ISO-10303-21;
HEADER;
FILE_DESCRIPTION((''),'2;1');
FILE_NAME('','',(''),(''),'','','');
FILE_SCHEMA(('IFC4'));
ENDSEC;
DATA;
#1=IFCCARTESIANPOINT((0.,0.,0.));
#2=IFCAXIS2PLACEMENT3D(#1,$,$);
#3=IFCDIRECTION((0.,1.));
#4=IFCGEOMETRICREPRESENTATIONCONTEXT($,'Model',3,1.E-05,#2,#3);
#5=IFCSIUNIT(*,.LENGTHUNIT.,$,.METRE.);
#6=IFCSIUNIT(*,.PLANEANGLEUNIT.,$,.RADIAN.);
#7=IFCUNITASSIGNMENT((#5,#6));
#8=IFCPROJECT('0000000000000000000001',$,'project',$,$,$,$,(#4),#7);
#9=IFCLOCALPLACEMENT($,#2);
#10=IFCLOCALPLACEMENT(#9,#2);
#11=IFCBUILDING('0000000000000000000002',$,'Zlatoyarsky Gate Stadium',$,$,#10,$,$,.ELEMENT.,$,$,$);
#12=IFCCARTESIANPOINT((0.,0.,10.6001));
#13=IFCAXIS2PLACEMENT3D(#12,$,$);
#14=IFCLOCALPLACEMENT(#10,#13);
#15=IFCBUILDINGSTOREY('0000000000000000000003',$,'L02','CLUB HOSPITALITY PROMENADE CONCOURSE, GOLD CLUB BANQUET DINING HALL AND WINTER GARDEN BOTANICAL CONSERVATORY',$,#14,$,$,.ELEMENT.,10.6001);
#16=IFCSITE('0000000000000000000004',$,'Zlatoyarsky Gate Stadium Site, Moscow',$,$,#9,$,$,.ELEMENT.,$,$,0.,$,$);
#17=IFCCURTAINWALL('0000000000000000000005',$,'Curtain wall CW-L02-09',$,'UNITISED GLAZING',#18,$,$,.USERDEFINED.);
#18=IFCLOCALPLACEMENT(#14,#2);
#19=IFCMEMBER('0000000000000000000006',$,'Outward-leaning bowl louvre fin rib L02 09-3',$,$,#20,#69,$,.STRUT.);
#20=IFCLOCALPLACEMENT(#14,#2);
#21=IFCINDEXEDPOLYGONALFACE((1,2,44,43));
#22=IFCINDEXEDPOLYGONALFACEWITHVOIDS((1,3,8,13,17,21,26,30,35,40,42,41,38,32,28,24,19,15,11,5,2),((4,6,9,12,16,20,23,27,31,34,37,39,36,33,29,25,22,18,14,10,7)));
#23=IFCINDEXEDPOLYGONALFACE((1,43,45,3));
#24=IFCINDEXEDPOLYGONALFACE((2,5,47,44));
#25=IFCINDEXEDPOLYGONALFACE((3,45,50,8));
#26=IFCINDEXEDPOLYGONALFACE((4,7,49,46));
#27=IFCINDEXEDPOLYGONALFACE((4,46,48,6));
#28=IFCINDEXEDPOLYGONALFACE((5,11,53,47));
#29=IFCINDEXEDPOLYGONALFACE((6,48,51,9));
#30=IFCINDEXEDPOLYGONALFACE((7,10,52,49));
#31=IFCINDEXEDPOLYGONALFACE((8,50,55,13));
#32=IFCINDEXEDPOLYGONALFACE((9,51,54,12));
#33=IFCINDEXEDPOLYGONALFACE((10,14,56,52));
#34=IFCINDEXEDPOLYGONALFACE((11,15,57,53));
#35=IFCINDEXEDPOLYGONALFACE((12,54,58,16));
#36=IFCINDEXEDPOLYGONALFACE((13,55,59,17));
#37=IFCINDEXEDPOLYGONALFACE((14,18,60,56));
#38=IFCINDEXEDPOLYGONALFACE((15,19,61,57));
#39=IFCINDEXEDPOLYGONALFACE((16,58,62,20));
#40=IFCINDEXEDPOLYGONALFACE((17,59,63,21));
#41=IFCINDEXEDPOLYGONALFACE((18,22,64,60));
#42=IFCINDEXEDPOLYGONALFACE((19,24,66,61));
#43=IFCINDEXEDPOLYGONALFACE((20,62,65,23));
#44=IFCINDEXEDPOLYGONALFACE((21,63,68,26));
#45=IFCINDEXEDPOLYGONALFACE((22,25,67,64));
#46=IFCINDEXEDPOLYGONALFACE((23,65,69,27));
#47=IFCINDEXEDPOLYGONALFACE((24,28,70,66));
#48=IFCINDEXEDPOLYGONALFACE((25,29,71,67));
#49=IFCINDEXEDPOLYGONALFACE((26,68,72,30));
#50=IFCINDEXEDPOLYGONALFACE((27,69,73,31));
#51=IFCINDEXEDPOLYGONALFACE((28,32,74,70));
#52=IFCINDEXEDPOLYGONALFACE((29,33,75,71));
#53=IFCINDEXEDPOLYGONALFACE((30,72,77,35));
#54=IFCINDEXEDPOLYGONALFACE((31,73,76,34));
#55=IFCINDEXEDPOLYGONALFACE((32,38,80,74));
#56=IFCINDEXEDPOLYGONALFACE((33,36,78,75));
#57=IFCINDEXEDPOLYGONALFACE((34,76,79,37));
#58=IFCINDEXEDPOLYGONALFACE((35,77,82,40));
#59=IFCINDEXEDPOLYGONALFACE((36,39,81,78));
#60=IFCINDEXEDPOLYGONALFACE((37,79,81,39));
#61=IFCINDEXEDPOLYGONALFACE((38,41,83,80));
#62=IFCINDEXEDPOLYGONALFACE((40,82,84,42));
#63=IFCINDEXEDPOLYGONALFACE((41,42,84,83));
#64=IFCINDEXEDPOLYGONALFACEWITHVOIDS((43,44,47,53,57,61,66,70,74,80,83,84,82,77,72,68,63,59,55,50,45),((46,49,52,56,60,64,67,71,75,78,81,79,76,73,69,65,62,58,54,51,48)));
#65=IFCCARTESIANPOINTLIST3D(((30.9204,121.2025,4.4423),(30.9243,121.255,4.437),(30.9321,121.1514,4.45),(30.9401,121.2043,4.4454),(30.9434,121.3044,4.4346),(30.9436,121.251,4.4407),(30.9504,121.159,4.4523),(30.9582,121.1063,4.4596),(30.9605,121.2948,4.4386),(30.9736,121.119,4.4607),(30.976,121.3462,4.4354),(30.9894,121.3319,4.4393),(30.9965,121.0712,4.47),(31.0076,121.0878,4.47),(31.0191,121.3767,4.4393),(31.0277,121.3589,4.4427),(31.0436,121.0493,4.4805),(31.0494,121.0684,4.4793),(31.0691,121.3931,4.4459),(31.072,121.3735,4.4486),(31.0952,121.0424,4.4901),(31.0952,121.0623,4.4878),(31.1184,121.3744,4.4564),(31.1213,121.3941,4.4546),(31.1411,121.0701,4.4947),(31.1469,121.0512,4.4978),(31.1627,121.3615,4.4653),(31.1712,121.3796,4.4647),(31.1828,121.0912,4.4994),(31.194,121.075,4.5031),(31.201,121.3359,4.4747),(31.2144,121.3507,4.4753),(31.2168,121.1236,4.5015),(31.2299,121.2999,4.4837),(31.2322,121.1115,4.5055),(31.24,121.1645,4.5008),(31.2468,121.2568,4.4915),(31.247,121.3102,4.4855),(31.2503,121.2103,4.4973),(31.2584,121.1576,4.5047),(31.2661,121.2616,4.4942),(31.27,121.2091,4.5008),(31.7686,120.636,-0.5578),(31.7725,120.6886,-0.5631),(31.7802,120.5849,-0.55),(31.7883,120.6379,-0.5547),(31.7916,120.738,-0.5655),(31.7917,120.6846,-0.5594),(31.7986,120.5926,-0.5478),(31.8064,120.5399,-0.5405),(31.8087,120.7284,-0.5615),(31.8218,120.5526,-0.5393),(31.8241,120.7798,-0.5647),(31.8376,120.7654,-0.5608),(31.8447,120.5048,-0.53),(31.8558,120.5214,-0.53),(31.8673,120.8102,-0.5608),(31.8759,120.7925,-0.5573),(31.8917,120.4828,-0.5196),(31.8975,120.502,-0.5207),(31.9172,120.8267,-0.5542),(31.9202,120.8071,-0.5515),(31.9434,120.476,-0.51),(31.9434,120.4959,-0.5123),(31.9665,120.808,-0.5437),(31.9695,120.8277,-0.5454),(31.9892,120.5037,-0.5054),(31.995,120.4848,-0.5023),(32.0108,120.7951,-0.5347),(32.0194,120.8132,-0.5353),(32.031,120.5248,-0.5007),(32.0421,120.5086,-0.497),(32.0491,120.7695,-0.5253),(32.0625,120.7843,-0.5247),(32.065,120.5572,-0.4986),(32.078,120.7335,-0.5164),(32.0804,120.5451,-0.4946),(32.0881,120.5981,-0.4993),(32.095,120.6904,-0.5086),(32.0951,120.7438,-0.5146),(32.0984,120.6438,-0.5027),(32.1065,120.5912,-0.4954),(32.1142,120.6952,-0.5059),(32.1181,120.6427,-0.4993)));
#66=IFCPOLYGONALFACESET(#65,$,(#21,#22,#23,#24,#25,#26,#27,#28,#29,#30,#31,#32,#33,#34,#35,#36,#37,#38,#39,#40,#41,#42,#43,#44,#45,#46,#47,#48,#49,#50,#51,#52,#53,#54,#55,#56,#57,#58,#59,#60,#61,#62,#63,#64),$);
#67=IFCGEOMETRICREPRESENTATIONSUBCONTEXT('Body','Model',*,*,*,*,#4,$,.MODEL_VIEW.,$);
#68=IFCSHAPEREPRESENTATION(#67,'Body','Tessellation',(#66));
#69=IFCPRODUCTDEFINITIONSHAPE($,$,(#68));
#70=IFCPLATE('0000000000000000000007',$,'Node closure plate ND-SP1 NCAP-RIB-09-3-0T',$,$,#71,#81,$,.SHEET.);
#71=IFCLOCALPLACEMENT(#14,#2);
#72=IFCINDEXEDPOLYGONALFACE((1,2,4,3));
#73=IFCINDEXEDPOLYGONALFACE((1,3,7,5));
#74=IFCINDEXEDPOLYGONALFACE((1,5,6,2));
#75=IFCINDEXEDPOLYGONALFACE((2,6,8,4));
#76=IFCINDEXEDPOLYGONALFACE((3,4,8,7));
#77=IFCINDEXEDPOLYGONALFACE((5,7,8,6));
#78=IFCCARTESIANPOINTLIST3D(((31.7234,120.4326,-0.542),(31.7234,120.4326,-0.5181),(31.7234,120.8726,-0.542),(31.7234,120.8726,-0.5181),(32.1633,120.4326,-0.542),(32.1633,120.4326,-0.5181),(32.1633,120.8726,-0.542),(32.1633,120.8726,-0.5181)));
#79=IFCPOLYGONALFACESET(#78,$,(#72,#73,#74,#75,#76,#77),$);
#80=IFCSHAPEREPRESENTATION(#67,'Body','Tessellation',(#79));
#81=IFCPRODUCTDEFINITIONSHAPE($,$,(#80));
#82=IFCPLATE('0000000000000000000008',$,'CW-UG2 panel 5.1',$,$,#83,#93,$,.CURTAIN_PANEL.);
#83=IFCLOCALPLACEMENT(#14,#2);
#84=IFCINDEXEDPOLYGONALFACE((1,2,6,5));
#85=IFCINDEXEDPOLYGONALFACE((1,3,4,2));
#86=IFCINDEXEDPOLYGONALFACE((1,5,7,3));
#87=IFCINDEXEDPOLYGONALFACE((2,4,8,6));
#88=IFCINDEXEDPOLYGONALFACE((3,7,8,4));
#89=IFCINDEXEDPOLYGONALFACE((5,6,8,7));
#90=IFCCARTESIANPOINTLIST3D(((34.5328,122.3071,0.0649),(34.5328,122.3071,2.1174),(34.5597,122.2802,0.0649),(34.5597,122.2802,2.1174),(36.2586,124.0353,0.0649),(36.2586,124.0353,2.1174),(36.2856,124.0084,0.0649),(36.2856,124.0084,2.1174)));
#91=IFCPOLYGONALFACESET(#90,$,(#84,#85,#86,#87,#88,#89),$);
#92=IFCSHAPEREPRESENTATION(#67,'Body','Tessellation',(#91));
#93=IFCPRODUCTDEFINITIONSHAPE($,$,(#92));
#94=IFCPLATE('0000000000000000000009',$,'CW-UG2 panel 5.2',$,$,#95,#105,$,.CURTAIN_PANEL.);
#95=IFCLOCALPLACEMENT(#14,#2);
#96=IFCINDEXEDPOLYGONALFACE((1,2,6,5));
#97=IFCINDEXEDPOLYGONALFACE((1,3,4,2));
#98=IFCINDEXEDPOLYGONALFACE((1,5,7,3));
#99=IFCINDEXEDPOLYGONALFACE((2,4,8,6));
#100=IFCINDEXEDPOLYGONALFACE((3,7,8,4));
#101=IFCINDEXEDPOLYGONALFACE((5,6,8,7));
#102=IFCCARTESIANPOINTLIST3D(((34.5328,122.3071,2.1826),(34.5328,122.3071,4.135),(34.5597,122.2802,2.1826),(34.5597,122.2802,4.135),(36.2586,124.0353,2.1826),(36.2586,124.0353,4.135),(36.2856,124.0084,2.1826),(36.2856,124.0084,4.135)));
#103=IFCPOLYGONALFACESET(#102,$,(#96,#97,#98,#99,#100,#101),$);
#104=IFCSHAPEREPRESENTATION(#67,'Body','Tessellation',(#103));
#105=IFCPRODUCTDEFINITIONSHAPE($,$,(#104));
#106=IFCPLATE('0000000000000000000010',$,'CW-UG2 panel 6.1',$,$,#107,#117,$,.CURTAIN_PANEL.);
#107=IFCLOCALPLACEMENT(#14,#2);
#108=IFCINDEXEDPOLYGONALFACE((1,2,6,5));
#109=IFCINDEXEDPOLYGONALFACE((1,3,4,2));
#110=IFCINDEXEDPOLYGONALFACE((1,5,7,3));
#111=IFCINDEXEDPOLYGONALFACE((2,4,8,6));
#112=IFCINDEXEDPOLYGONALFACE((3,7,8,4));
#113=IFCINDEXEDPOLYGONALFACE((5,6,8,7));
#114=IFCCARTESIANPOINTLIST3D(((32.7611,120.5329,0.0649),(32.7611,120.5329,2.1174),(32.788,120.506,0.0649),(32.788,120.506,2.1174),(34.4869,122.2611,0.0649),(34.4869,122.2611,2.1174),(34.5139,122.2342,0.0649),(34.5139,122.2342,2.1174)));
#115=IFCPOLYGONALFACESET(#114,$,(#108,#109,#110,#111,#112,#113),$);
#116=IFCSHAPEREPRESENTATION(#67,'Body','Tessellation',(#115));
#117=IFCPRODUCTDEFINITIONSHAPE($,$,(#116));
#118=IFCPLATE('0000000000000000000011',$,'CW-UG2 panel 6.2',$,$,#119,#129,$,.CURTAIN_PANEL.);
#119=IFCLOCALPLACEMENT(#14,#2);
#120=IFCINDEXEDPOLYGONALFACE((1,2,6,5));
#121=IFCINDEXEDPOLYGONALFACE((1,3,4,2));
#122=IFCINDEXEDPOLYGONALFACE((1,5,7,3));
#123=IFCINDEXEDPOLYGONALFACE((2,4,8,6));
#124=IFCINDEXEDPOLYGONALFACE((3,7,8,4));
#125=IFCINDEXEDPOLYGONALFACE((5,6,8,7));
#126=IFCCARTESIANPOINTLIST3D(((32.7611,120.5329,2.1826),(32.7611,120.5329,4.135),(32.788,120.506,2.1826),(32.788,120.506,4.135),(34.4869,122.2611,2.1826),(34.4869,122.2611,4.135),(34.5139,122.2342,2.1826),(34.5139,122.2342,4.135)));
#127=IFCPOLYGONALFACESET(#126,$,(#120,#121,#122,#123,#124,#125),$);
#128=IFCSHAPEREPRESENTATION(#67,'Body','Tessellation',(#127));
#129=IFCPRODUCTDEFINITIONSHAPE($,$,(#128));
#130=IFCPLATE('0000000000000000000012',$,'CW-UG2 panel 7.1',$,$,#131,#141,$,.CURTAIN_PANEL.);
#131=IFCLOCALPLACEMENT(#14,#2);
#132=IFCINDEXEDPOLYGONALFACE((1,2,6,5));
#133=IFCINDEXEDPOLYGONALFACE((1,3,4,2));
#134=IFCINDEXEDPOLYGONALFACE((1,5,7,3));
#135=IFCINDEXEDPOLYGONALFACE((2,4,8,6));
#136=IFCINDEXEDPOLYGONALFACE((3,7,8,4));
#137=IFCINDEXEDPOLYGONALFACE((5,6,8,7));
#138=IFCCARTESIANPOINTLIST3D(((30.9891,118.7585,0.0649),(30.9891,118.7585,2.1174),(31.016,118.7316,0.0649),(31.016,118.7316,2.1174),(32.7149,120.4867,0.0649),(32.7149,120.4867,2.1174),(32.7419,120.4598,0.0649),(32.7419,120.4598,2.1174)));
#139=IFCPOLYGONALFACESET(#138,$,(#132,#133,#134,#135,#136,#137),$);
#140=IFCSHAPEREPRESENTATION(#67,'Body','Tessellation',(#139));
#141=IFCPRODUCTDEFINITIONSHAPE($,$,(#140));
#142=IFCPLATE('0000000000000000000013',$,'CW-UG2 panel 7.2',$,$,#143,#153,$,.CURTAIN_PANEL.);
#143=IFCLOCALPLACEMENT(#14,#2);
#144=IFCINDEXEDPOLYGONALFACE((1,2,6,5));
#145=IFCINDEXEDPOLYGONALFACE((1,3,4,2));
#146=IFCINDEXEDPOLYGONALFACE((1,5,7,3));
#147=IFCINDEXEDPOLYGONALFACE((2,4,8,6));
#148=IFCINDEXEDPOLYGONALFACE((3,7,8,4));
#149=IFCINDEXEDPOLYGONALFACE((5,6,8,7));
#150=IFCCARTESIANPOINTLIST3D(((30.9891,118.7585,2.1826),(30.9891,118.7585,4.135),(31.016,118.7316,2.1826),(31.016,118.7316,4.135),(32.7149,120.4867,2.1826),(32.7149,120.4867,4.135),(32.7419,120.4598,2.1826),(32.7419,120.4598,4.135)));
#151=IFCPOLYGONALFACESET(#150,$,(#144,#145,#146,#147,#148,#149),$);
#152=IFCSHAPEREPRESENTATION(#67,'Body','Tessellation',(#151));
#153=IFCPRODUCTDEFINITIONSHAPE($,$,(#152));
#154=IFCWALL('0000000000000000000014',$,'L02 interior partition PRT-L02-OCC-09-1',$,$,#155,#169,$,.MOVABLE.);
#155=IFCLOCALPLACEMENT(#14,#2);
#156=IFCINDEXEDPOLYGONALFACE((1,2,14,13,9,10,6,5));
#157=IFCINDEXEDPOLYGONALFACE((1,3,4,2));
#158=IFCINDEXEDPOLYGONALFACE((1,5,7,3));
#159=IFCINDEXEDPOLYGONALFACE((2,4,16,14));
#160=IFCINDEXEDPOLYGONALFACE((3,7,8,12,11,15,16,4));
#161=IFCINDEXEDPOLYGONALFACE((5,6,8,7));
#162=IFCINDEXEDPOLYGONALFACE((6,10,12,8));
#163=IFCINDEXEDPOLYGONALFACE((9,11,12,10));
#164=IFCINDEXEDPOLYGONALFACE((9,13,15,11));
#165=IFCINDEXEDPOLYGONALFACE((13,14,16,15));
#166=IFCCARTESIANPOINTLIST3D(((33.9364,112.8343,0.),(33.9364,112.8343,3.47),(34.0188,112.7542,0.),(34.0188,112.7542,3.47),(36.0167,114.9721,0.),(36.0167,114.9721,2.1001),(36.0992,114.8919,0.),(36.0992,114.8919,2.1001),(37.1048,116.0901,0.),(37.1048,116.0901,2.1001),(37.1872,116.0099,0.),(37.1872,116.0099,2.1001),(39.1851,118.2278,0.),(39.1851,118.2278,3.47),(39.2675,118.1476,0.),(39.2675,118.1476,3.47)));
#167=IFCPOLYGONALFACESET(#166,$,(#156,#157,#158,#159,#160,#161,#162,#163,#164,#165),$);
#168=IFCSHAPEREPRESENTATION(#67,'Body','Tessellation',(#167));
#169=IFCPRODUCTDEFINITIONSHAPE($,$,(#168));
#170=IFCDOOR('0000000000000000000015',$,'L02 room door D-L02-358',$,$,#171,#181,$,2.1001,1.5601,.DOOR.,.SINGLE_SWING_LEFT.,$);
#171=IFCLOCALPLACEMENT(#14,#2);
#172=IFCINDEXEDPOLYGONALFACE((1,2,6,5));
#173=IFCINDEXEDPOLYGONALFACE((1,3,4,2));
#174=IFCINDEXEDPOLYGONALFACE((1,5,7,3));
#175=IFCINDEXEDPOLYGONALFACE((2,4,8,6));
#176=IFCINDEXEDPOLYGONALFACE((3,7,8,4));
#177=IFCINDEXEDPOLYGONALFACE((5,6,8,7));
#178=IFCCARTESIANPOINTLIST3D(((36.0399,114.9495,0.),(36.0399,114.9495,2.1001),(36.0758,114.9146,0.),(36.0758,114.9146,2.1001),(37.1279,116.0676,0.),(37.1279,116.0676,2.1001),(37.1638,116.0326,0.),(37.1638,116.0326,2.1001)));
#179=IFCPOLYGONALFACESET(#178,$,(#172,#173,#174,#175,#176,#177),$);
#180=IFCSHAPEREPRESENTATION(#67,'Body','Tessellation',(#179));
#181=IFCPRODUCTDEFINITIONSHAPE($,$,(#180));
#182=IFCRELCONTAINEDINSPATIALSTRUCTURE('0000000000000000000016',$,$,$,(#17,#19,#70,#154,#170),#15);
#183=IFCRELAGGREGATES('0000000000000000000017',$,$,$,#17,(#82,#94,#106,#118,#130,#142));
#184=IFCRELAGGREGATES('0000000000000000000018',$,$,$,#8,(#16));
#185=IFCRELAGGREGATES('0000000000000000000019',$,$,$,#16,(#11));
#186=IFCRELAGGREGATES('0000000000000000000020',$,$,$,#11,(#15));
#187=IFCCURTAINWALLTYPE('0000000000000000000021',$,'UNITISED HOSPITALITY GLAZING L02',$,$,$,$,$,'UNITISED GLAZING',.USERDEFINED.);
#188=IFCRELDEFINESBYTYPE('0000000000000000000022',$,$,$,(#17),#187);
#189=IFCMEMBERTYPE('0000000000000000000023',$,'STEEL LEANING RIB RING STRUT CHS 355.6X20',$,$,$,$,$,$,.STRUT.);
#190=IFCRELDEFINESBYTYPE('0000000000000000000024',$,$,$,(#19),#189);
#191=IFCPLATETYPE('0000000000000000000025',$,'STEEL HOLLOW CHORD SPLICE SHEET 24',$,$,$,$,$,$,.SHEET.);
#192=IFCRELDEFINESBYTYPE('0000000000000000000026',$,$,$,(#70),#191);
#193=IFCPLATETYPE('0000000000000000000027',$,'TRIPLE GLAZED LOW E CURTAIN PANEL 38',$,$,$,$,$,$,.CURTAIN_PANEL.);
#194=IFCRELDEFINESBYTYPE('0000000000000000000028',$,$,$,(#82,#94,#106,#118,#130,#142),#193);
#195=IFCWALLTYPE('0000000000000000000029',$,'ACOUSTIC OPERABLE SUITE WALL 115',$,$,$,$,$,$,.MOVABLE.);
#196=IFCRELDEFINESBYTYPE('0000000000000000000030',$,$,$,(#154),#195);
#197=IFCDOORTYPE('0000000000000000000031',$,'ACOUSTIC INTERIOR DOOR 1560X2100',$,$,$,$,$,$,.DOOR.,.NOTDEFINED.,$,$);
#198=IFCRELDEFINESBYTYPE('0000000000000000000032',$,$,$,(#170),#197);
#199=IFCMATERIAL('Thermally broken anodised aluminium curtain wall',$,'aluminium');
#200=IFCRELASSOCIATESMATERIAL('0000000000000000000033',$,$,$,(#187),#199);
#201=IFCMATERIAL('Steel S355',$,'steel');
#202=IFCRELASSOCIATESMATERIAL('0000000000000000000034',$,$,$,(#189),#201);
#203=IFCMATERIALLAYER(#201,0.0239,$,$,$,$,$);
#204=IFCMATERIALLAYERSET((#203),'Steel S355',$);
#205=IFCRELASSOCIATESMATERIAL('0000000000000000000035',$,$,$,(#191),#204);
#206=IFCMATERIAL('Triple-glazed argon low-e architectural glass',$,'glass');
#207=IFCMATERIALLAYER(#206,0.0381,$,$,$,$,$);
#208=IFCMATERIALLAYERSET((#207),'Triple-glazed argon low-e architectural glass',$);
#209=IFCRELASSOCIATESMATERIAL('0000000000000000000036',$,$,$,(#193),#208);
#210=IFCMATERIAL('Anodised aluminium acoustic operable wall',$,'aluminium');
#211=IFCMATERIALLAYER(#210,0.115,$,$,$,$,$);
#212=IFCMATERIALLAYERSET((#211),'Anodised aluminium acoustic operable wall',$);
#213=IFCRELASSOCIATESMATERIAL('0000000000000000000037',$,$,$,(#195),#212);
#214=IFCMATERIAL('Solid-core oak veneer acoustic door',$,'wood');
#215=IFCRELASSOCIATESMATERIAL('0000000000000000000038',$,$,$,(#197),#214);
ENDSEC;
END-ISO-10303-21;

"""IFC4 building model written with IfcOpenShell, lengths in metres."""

from ifc_helpers import new_model, si_unit, direction, frame, frame_2d, origin, origin_2d, place, context, subcontext, project, spatial, rectangle, hollow_circle, extrude, material, layer, layer_set, material_profile, profile_set, type_object, element, fill, aggregate, save


model = new_model("IFC4")

# Units and contexts
model_context = context("Model", 3, precision=1e-05, world=origin(), true_north=direction((0.0, 1.0)))
body_context = subcontext(model_context, "Body", "Model", "MODEL_VIEW")
ifc_project = project(units=[si_unit("LENGTHUNIT", "METRE"), si_unit("PLANEANGLEUNIT", "RADIAN")], contexts=[model_context])

# Site, building, storey
site_placement = place(None, origin())
site = spatial("IfcSite", under=ifc_project, at=site_placement, Name="Zlatoyarsky Gate Stadium Site, Moscow", CompositionType="ELEMENT", RefElevation=0.0)
building_placement = place(site_placement, origin())
building = spatial("IfcBuilding", under=site, at=building_placement, Name="Zlatoyarsky Gate Stadium", CompositionType="ELEMENT")
storey_placement = place(building_placement, frame((0.0, 0.0, 10.6001)))
storey = spatial("IfcBuildingStorey", under=building, at=storey_placement, Name="L02", Description="CLUB HOSPITALITY PROMENADE CONCOURSE, GOLD CLUB BANQUET DINING HALL AND WINTER GARDEN BOTANICAL CONSERVATORY", CompositionType="ELEMENT", Elevation=10.6001)

# Curtain wall
ifc_material_1 = material(Name="Thermally broken anodised aluminium curtain wall", Category="aluminium")
curtain_wall_type = type_object("IfcCurtainWallType", Name="UNITISED HOSPITALITY GLAZING L02", ElementType="UNITISED GLAZING", PredefinedType="USERDEFINED", material=ifc_material_1)
curtain_wall_placement = place(storey_placement, origin())
curtain_wall = element("IfcCurtainWall", 1, at=curtain_wall_placement, inside=storey, type_object=curtain_wall_type, Name="Curtain wall CW-L02-09", ObjectType="UNITISED GLAZING", PredefinedType="USERDEFINED")

# Member
ifc_material_2 = material(Name="Steel S355", Category="steel")
ifc_material_profile_1 = material_profile(ifc_material_2, hollow_circle(Radius=0.1777, WallThickness=0.02, at=origin_2d()), Name="CHS 355.6X20")
ifc_profile_set_1 = profile_set([ifc_material_profile_1], Name="Steel S355")
member_type_1 = type_object("IfcMemberType", Name="STEEL LEANING RIB RING STRUT CHS 355.6X20", PredefinedType="STRUT", material=ifc_profile_set_1)
member_1_placement = place(storey_placement, frame((31.9434, 120.6526, -0.53), z_axis=(-0.166206, 0.110996, 0.979824), x_axis=(-0.555363, -0.831608, 0.0)))
element("IfcMember", 2, at=member_1_placement, inside=storey, type_object=member_type_1, Name="Outward-leaning bowl louvre fin rib L02 09-3", PredefinedType="STRUT", context=body_context, shape_type="SweptSolid", body=[
    extrude(hollow_circle(Radius=0.1777, WallThickness=0.02, at=origin_2d()), origin(), (0.0, 0.0, 1.0), 5.103),
])

# Plates
ifc_layer_1 = layer(ifc_material_2, 0.0239)
ifc_layer_set_1 = layer_set([ifc_layer_1], Name="Steel S355")
plate_type_1 = type_object("IfcPlateType", Name="STEEL HOLLOW CHORD SPLICE SHEET 24", PredefinedType="SHEET", material=ifc_layer_set_1)
plate_1_placement = place(storey_placement, frame((31.9434, 120.6526, -0.542), z_axis=(0.0, 0.0, 1.0), x_axis=(1.0, 0.0, 0.0)))
element("IfcPlate", 3, at=plate_1_placement, inside=storey, type_object=plate_type_1, Name="Node closure plate ND-SP1 NCAP-RIB-09-3-0T", PredefinedType="SHEET", context=body_context, shape_type="SweptSolid", body=[
    extrude(rectangle(XDim=0.4399, YDim=0.4399, at=origin_2d()), origin(), (0.0, 0.0, 1.0), 0.0239),
])
ifc_material_3 = material(Name="Triple-glazed argon low-e architectural glass", Category="glass")
ifc_layer_2 = layer(ifc_material_3, 0.0381)
ifc_layer_set_2 = layer_set([ifc_layer_2], Name="Triple-glazed argon low-e architectural glass")
plate_type_2 = type_object("IfcPlateType", Name="TRIPLE GLAZED LOW E CURTAIN PANEL 38", PredefinedType="CURTAIN_PANEL", material=ifc_layer_set_2)
plate_2_placement = place(storey_placement, frame((35.4092, 123.1577, 0.0649), z_axis=(0.0, 0.0, 1.0), x_axis=(-0.706626, -0.707588, 0.0)))
plate_2 = element("IfcPlate", 4, at=plate_2_placement, type_object=plate_type_2, Name="CW-UG2 panel 5.1", PredefinedType="CURTAIN_PANEL", context=body_context, shape_type="SweptSolid", body=[
    extrude(rectangle(XDim=2.4424, YDim=0.0381, at=origin_2d()), origin(), (0.0, 0.0, 1.0), 2.0525),
])
plate_3_placement = place(storey_placement, frame((35.4092, 123.1577, 2.1826), z_axis=(0.0, 0.0, 1.0), x_axis=(-0.706626, -0.707588, 0.0)))
plate_3 = element("IfcPlate", 5, at=plate_3_placement, type_object=plate_type_2, Name="CW-UG2 panel 5.2", PredefinedType="CURTAIN_PANEL", context=body_context, shape_type="SweptSolid", body=[
    extrude(rectangle(XDim=2.4424, YDim=0.0381, at=origin_2d()), origin(), (0.0, 0.0, 1.0), 1.9524),
])
plate_4_placement = place(storey_placement, frame((33.6375, 121.3835, 0.0649), z_axis=(0.0, 0.0, 1.0), x_axis=(-0.706626, -0.707588, 0.0)))
plate_4 = element("IfcPlate", 6, at=plate_4_placement, type_object=plate_type_2, Name="CW-UG2 panel 6.1", PredefinedType="CURTAIN_PANEL", context=body_context, shape_type="SweptSolid", body=[
    extrude(rectangle(XDim=2.4424, YDim=0.0381, at=origin_2d()), origin(), (0.0, 0.0, 1.0), 2.0525),
])
plate_5_placement = place(storey_placement, frame((33.6375, 121.3835, 2.1826), z_axis=(0.0, 0.0, 1.0), x_axis=(-0.706626, -0.707588, 0.0)))
plate_5 = element("IfcPlate", 7, at=plate_5_placement, type_object=plate_type_2, Name="CW-UG2 panel 6.2", PredefinedType="CURTAIN_PANEL", context=body_context, shape_type="SweptSolid", body=[
    extrude(rectangle(XDim=2.4424, YDim=0.0381, at=origin_2d()), origin(), (0.0, 0.0, 1.0), 1.9524),
])
plate_6_placement = place(storey_placement, frame((31.8655, 119.6091, 0.0649), z_axis=(0.0, 0.0, 1.0), x_axis=(-0.706626, -0.707588, 0.0)))
plate_6 = element("IfcPlate", 8, at=plate_6_placement, type_object=plate_type_2, Name="CW-UG2 panel 7.1", PredefinedType="CURTAIN_PANEL", context=body_context, shape_type="SweptSolid", body=[
    extrude(rectangle(XDim=2.4424, YDim=0.0381, at=origin_2d()), origin(), (0.0, 0.0, 1.0), 2.0525),
])
plate_7_placement = place(storey_placement, frame((31.8655, 119.6091, 2.1826), z_axis=(0.0, 0.0, 1.0), x_axis=(-0.706626, -0.707588, 0.0)))
plate_7 = element("IfcPlate", 9, at=plate_7_placement, type_object=plate_type_2, Name="CW-UG2 panel 7.2", PredefinedType="CURTAIN_PANEL", context=body_context, shape_type="SweptSolid", body=[
    extrude(rectangle(XDim=2.4424, YDim=0.0381, at=origin_2d()), origin(), (0.0, 0.0, 1.0), 1.9524),
])
aggregate(curtain_wall, [plate_2, plate_3, plate_4, plate_5, plate_6, plate_7])

# Wall, opening, door
ifc_material_4 = material(Name="Anodised aluminium acoustic operable wall", Category="aluminium")
ifc_layer_3 = layer(ifc_material_4, 0.115)
ifc_layer_set_3 = layer_set([ifc_layer_3], Name="Anodised aluminium acoustic operable wall")
wall_type_1 = type_object("IfcWallType", Name="ACOUSTIC OPERABLE SUITE WALL 115", PredefinedType="MOVABLE", material=ifc_layer_set_3)
wall_1_placement = place(storey_placement, frame((39.2263, 118.1877, 0.0), z_axis=(0.0, 0.0, 1.0), x_axis=(-0.697423, -0.71666, 0.0)))
wall_1 = element("IfcWall", 10, at=wall_1_placement, inside=storey, type_object=wall_type_1, Name="L02 interior partition PRT-L02-OCC-09-1", PredefinedType="MOVABLE", context=body_context, shape_type="SweptSolid", body=[
    extrude(rectangle(XDim=7.5259, YDim=0.115, at=frame_2d((3.7629, 0.0))), origin(), (0.0, 0.0, 1.0), 3.47),
])
opening_placement = place(wall_1_placement, frame((2.9829, 0.0, 0.0)))
opening = element("IfcOpeningElement", 11, at=opening_placement, cuts=wall_1, PredefinedType="OPENING", context=body_context, shape_type="SweptSolid", body=[
    extrude(rectangle(XDim=1.5601, YDim=2.1001, at=frame_2d((0.78, 1.05))), frame((0.0, 0.0674, 0.0), z_axis=(0.0, -1.0, 0.0), x_axis=(1.0, 0.0, 0.0)), (0.0, 0.0, 1.0), 0.135),
])
ifc_material_5 = material(Name="Solid-core oak veneer acoustic door", Category="wood")
door_type = type_object("IfcDoorType", Name="ACOUSTIC INTERIOR DOOR 1560X2100", OperationType="NOTDEFINED", PredefinedType="DOOR", material=ifc_material_5)
door_placement = place(opening_placement, origin())
door = element("IfcDoor", 12, at=door_placement, inside=storey, type_object=door_type, Name="L02 room door D-L02-358", OperationType="SINGLE_SWING_LEFT", OverallHeight=2.1001, OverallWidth=1.5601, PredefinedType="DOOR", context=body_context, shape_type="SweptSolid", body=[
    extrude(rectangle(XDim=1.5601, YDim=2.1001, at=frame_2d((0.78, 1.05))), frame((0.0, 0.0249, 0.0), z_axis=(0.0, -1.0, 0.0), x_axis=(1.0, 0.0, 0.0)), (0.0, 0.0, 1.0), 0.05),
])
fill(opening, door)

save(model, "model.ifc")
